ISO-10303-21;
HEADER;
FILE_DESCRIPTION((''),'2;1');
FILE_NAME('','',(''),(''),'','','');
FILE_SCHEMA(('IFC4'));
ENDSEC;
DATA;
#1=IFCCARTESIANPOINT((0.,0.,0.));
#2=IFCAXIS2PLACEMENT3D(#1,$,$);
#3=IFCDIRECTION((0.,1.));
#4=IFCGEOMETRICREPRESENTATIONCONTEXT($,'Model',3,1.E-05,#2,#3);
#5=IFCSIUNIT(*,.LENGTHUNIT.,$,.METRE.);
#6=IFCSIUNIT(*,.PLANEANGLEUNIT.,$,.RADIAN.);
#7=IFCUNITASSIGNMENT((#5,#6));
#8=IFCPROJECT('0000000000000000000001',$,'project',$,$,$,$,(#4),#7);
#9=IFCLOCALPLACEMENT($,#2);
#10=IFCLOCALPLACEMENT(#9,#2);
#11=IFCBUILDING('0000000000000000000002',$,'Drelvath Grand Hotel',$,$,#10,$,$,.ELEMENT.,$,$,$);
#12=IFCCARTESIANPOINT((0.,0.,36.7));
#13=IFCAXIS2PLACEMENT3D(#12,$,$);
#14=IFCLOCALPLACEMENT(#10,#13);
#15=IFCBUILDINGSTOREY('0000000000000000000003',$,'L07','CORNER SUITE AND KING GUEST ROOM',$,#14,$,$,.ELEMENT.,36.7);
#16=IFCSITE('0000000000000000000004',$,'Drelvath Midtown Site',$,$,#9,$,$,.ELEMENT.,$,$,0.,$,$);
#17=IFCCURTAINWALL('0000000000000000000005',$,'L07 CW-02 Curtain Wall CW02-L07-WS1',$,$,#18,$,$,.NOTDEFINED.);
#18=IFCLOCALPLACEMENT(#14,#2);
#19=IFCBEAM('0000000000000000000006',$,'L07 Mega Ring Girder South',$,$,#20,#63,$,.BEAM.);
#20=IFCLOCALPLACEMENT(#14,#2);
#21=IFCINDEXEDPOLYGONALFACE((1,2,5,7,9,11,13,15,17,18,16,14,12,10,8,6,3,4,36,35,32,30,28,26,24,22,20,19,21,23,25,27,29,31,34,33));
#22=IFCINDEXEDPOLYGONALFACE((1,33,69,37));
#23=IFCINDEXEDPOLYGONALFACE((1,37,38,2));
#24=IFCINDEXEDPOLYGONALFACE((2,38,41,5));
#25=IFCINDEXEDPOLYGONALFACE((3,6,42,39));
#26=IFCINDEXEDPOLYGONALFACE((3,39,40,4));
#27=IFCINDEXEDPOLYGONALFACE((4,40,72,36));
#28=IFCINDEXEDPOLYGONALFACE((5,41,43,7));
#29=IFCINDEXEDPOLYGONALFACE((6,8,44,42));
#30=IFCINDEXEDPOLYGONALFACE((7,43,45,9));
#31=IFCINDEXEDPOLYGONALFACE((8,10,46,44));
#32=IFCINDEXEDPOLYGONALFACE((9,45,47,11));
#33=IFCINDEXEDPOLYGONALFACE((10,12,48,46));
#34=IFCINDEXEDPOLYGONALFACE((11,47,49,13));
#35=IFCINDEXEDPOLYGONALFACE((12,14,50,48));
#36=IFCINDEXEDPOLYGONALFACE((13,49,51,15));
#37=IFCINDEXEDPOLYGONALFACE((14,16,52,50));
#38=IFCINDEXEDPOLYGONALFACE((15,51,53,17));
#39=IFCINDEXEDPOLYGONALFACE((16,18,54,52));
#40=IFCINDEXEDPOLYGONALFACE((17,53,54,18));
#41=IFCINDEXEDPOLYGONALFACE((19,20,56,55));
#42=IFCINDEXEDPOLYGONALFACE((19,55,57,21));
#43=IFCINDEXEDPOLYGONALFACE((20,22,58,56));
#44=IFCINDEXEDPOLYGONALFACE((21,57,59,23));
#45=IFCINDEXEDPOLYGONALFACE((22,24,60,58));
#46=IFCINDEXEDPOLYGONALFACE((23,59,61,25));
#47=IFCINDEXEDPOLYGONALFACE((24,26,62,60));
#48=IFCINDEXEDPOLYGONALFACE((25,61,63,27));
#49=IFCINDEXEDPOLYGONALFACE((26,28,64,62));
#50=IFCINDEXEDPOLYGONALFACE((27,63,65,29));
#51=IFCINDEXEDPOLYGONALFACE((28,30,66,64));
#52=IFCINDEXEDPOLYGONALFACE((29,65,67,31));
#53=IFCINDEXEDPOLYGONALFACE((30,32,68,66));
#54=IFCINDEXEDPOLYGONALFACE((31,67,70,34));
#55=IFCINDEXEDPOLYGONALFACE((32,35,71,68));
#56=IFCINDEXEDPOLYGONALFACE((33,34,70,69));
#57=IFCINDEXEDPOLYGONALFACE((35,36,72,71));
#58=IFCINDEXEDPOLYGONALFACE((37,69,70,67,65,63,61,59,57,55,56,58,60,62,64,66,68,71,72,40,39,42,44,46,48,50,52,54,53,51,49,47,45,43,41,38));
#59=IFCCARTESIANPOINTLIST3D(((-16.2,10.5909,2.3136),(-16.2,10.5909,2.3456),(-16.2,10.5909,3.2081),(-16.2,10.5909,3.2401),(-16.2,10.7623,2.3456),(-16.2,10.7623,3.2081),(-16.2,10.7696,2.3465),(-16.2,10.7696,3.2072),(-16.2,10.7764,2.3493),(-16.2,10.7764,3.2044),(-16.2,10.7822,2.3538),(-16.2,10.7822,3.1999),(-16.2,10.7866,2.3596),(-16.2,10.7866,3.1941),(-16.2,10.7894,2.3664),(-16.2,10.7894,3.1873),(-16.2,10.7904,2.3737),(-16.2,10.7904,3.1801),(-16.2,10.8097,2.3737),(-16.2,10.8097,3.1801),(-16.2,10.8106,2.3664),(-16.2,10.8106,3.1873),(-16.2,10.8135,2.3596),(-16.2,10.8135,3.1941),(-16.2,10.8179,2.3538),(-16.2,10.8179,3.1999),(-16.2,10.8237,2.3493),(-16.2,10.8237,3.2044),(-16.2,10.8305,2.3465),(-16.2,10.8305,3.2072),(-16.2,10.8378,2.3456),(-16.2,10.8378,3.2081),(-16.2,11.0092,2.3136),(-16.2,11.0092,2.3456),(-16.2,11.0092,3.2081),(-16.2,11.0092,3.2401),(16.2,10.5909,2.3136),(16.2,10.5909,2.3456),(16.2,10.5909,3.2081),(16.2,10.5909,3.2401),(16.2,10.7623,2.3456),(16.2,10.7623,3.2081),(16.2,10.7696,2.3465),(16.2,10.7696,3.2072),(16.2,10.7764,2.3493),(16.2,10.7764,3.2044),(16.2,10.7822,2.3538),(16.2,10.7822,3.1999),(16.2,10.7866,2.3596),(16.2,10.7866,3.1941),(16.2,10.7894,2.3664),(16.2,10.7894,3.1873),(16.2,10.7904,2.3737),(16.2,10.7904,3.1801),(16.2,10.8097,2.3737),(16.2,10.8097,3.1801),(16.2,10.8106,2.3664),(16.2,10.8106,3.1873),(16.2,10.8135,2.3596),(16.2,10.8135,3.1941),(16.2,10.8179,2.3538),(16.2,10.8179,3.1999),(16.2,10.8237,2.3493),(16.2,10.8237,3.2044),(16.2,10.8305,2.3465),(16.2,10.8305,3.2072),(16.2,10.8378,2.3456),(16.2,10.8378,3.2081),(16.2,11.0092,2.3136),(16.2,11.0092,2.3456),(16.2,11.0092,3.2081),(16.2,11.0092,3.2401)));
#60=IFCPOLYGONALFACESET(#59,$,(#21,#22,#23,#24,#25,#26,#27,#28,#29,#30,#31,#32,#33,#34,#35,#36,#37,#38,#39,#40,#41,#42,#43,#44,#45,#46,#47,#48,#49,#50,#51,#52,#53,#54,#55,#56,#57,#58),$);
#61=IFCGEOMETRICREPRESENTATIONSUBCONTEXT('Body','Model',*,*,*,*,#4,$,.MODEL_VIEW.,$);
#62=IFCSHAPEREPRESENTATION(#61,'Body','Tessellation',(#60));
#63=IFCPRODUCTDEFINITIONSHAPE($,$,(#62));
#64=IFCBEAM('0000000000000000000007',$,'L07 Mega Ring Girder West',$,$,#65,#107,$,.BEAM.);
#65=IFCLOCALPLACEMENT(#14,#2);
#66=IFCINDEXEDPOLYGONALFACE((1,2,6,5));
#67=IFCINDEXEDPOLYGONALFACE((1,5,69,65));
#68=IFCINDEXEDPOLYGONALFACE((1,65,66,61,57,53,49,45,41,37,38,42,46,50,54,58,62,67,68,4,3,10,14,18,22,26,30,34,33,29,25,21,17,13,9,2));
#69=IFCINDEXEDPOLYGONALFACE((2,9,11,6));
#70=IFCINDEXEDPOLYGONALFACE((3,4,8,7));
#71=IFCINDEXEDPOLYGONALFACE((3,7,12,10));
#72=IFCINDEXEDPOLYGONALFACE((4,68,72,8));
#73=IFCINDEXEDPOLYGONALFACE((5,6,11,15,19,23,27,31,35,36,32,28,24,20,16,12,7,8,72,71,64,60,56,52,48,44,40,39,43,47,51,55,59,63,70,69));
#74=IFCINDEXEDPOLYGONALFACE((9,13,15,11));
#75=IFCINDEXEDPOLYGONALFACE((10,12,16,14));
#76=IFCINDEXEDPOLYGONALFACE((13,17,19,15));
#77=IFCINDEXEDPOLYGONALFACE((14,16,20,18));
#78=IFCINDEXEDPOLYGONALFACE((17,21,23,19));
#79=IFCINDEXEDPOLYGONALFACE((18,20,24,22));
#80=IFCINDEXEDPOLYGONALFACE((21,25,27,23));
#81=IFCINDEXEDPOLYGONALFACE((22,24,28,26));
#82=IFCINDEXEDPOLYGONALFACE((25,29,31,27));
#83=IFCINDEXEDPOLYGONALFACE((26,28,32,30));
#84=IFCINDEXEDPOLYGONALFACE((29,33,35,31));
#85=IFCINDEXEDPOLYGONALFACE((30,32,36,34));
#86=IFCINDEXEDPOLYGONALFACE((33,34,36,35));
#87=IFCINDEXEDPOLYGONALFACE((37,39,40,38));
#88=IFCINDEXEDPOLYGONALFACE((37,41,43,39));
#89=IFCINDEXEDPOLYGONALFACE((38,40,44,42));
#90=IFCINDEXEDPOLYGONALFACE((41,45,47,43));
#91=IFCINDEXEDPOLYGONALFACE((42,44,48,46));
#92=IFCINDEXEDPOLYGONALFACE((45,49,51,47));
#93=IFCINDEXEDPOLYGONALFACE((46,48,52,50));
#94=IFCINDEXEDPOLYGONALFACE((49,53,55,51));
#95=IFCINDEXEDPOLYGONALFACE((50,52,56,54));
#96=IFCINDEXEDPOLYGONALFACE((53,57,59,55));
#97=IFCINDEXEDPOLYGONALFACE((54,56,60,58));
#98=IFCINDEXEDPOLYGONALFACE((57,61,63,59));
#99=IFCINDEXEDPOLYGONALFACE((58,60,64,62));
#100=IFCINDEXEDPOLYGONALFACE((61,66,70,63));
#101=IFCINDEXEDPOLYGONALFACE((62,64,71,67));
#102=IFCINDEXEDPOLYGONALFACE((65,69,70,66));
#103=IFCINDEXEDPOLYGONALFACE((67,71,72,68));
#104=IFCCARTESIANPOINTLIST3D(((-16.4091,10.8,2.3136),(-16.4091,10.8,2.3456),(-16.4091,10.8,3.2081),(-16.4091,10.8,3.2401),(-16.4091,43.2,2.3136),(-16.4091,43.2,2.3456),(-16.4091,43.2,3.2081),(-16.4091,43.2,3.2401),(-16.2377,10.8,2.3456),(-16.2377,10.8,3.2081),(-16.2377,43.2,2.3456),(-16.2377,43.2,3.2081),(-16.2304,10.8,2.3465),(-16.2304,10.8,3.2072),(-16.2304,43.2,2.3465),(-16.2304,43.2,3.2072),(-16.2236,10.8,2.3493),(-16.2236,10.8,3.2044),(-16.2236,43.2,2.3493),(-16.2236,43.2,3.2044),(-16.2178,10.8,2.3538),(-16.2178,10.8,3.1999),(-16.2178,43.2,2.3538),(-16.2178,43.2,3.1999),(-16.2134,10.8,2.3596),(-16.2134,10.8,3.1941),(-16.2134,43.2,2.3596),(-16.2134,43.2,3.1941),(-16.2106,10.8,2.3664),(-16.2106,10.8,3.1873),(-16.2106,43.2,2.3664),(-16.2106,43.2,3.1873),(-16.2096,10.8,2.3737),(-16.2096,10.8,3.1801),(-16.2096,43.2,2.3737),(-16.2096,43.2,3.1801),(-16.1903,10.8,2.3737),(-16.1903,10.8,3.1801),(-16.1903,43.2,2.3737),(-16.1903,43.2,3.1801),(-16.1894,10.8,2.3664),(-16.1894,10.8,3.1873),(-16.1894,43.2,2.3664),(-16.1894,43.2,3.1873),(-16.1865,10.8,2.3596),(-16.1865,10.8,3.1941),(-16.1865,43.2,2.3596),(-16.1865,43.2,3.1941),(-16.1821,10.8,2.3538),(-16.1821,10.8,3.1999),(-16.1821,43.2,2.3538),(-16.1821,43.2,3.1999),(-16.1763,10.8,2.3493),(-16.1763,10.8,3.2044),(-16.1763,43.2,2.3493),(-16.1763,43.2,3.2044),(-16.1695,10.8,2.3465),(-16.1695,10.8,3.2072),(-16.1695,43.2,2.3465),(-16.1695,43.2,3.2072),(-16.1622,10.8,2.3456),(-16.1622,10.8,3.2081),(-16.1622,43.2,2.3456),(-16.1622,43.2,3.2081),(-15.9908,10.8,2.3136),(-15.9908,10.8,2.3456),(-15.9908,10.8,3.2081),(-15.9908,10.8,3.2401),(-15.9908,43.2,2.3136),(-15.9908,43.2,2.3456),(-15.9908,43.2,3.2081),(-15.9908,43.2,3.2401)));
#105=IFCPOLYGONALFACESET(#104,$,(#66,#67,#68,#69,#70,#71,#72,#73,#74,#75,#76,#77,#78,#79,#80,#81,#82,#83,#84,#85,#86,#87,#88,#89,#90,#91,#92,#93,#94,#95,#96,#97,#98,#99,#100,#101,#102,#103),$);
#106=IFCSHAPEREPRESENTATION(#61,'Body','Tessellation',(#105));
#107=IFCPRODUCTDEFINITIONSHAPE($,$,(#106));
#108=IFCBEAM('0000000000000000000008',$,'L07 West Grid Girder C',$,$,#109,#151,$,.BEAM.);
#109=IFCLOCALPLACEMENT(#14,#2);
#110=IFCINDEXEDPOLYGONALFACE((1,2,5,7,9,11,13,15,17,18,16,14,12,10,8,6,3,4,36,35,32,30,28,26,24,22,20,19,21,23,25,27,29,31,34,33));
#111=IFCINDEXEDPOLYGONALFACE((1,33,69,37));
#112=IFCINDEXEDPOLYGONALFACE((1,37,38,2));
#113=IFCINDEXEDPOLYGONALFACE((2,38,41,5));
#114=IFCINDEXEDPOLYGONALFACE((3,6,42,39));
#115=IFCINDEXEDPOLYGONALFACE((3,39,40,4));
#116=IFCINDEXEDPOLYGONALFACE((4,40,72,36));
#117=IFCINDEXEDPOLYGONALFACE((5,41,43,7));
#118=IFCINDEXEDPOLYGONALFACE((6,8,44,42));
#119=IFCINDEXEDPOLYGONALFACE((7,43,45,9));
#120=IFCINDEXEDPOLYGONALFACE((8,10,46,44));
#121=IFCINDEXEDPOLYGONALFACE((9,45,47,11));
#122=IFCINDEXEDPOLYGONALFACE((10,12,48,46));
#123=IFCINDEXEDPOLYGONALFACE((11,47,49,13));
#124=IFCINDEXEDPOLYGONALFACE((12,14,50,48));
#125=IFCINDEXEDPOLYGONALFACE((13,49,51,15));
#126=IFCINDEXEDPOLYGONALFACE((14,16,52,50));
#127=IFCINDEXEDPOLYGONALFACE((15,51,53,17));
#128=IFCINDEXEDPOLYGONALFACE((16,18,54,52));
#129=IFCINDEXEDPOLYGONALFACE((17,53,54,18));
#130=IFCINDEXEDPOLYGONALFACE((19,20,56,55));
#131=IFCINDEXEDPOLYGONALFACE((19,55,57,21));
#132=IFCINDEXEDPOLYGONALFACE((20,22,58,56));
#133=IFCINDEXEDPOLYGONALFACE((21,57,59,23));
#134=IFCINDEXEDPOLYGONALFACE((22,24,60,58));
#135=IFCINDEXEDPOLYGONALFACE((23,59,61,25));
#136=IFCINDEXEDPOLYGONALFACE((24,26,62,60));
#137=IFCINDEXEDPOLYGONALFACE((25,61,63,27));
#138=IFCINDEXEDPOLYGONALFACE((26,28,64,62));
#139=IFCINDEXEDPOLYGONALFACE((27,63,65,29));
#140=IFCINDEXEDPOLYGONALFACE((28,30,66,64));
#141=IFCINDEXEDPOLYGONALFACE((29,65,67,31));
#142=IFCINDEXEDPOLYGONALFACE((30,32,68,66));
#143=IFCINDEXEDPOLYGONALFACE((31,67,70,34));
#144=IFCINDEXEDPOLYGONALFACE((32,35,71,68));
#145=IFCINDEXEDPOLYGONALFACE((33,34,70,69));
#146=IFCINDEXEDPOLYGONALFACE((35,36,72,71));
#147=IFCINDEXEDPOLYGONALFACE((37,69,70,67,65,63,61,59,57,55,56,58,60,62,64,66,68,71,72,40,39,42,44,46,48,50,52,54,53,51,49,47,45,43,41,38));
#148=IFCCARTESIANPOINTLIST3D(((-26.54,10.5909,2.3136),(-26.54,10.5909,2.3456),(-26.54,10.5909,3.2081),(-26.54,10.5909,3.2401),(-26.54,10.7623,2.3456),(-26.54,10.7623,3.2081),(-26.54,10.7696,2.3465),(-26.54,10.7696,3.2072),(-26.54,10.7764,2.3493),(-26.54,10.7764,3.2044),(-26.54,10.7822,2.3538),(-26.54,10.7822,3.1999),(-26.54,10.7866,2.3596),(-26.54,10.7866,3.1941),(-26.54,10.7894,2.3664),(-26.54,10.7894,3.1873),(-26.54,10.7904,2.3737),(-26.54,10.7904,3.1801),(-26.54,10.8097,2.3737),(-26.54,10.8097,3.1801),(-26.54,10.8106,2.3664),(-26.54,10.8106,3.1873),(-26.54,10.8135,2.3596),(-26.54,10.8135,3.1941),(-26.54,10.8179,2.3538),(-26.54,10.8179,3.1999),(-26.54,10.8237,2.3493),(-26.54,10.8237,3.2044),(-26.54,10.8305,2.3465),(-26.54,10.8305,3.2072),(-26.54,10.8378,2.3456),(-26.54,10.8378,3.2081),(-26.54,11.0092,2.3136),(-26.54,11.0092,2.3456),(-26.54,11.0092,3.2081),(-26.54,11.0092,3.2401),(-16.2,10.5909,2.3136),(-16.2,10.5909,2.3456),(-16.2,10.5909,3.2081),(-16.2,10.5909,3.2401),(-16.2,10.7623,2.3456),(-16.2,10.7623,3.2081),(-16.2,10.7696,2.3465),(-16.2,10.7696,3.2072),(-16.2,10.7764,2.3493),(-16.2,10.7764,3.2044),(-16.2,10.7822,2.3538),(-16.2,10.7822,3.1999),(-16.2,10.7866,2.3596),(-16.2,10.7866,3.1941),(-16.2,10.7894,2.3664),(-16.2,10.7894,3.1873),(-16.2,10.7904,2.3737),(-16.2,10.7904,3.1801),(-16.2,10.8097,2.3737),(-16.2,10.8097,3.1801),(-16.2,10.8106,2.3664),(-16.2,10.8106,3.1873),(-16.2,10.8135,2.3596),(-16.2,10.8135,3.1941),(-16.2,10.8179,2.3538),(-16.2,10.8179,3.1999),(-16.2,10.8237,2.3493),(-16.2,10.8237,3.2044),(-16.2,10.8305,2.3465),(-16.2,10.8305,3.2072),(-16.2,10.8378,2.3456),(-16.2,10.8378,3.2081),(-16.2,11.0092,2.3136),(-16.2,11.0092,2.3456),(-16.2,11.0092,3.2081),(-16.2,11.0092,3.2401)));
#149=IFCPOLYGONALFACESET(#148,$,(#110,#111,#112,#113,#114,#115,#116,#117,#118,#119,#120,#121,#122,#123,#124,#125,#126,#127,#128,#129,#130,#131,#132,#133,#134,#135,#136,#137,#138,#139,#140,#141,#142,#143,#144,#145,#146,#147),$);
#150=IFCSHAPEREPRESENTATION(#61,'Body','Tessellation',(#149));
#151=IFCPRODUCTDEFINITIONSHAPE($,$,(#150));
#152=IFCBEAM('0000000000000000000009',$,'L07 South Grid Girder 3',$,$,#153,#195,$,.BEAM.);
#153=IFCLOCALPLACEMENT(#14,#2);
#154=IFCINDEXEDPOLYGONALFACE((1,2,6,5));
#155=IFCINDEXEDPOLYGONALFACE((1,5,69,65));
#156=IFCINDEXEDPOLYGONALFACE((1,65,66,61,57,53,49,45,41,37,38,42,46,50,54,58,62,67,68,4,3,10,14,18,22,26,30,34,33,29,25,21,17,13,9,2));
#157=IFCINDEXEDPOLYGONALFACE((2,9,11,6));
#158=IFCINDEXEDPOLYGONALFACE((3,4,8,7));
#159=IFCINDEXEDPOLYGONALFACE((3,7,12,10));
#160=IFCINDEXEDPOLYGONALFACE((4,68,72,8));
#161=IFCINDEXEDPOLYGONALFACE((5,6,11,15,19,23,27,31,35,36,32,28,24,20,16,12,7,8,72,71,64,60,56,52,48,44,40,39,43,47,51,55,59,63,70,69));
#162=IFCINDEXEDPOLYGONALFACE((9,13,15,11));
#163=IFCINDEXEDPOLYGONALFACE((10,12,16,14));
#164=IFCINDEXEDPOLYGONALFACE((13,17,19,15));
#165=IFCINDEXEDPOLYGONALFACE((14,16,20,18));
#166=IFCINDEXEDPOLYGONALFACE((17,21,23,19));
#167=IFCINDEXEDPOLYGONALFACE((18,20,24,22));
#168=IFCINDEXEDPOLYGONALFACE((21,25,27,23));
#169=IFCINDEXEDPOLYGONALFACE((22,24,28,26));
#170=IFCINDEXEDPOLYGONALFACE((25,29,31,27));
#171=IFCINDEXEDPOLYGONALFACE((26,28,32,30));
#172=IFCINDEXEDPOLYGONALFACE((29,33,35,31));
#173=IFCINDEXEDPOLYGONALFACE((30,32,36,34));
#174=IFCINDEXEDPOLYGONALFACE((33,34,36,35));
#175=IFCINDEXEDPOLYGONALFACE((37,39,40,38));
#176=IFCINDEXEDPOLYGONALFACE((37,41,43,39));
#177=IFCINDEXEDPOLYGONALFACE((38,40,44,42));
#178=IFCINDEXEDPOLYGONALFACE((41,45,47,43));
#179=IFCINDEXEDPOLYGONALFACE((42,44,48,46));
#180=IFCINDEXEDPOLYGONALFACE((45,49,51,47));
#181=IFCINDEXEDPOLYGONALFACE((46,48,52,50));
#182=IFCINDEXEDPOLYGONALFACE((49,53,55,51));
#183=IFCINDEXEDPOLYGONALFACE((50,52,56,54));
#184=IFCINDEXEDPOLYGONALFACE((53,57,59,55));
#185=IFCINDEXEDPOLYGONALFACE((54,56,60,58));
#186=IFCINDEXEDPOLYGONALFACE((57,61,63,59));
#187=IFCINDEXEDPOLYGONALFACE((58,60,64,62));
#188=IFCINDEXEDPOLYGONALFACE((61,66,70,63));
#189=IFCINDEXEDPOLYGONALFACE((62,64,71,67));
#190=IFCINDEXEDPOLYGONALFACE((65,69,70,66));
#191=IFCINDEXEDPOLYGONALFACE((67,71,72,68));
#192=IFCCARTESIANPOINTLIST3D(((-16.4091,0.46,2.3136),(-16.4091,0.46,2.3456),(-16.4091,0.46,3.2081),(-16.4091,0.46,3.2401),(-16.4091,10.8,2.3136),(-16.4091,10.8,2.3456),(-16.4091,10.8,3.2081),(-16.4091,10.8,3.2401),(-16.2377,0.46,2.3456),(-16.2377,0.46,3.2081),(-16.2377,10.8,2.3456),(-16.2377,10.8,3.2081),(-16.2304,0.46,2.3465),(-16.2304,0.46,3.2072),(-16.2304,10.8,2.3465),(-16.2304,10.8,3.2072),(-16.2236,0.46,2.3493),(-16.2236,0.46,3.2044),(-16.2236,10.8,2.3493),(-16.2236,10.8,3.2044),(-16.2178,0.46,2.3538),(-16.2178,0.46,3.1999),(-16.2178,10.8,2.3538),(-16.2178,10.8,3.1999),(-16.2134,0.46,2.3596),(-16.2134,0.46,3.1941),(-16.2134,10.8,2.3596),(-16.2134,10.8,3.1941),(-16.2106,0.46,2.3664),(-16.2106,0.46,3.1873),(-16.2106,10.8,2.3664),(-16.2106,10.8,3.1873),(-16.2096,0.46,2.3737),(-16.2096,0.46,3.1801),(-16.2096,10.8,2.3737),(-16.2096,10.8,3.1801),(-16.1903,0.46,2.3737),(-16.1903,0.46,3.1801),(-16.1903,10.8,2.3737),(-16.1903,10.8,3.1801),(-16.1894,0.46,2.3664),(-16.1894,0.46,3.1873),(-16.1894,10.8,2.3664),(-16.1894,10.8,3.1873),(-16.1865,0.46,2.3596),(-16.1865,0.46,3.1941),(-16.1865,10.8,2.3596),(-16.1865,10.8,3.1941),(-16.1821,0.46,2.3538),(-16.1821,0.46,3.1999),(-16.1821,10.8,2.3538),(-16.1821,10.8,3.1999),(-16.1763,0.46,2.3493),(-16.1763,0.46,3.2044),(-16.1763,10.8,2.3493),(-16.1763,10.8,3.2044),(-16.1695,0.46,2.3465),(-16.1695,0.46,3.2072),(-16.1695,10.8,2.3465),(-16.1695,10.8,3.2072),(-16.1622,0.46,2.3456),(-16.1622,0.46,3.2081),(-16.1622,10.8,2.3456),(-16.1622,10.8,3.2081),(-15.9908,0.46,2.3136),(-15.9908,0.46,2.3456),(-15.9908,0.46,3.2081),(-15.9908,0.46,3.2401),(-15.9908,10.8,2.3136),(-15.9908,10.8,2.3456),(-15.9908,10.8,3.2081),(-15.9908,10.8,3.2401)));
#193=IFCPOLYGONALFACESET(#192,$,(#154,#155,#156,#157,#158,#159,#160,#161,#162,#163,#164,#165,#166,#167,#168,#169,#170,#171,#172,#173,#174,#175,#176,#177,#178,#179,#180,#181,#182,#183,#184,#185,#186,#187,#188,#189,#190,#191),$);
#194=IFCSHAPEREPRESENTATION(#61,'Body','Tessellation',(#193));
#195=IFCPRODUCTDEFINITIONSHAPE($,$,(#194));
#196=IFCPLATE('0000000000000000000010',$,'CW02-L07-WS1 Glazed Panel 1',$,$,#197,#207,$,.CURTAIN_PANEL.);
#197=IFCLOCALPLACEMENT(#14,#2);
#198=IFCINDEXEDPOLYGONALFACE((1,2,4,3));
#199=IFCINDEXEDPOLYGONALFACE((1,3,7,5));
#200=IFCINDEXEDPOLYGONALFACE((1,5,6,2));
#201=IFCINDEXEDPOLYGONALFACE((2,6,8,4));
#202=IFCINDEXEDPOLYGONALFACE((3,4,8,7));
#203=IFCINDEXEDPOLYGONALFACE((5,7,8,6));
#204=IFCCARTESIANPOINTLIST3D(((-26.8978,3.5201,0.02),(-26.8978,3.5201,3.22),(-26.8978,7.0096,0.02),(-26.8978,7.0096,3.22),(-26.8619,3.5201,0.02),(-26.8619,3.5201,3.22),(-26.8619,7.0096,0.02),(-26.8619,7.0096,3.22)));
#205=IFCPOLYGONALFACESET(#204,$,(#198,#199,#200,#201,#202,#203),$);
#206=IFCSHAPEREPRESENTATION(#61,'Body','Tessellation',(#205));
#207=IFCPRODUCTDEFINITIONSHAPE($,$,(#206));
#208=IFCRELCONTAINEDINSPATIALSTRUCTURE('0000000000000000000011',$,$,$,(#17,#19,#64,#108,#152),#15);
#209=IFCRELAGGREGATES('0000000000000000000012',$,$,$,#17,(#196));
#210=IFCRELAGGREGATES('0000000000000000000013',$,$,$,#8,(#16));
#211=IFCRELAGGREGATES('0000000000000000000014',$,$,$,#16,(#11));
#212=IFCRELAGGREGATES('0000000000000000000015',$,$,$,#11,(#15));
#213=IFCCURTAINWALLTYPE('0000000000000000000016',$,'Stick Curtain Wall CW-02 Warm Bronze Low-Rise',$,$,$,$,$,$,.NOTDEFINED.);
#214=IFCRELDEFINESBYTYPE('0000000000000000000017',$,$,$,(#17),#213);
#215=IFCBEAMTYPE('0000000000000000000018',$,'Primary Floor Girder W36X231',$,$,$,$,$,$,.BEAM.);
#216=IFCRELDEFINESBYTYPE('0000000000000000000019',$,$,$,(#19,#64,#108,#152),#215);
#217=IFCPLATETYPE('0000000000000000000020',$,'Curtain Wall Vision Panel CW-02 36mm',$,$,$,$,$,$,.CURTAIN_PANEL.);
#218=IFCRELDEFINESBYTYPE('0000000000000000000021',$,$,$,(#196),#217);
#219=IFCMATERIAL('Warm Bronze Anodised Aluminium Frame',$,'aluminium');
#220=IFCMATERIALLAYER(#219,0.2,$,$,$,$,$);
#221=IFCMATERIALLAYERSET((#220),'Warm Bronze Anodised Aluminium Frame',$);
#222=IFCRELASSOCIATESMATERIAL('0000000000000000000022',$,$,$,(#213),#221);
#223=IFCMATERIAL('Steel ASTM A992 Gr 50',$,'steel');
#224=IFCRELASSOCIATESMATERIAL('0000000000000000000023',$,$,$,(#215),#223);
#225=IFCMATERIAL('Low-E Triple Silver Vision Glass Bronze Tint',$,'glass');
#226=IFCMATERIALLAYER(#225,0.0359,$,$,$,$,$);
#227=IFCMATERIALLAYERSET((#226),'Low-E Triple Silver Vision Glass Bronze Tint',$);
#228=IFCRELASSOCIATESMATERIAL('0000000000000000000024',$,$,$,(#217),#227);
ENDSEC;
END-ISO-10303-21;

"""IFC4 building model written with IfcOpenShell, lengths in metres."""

from ifc_helpers import new_model, si_unit, direction, frame, origin, origin_2d, place, context, subcontext, project, spatial, rectangle, i_section, extrude, material, layer, layer_set, material_profile, profile_set, type_object, element, aggregate, save


model = new_model("IFC4")

# Units and contexts
model_context = context("Model", 3, precision=1e-05, world=origin(), true_north=direction((0.0, 1.0)))
body_context = subcontext(model_context, "Body", "Model", "MODEL_VIEW")
ifc_project = project(units=[si_unit("LENGTHUNIT", "METRE"), si_unit("PLANEANGLEUNIT", "RADIAN")], contexts=[model_context])

# Site, building, storey
site_placement = place(None, origin())
site = spatial("IfcSite", under=ifc_project, at=site_placement, Name="Drelvath Midtown Site", CompositionType="ELEMENT", RefElevation=0.0)
building_placement = place(site_placement, origin())
building = spatial("IfcBuilding", under=site, at=building_placement, Name="Drelvath Grand Hotel", CompositionType="ELEMENT")
storey_placement = place(building_placement, frame((0.0, 0.0, 36.7)))
storey = spatial("IfcBuildingStorey", under=building, at=storey_placement, Name="L07", Description="CORNER SUITE AND KING GUEST ROOM", CompositionType="ELEMENT", Elevation=36.7)

# Curtain wall
ifc_material_1 = material(Name="Warm Bronze Anodised Aluminium Frame", Category="aluminium")
ifc_layer_1 = layer(ifc_material_1, 0.2)
ifc_layer_set_1 = layer_set([ifc_layer_1], Name="Warm Bronze Anodised Aluminium Frame")
curtain_wall_type = type_object("IfcCurtainWallType", Name="Stick Curtain Wall CW-02 Warm Bronze Low-Rise", PredefinedType="NOTDEFINED", material=ifc_layer_set_1)
curtain_wall_1_placement = place(storey_placement, origin())
curtain_wall_1 = element("IfcCurtainWall", 1, at=curtain_wall_1_placement, inside=storey, type_object=curtain_wall_type, Name="L07 CW-02 Curtain Wall CW02-L07-WS1", PredefinedType="NOTDEFINED")

# Beams
ifc_material_2 = material(Name="Steel ASTM A992 Gr 50", Category="steel")
ifc_material_profile_1 = material_profile(ifc_material_2, i_section(OverallWidth=0.4182, OverallDepth=0.9265, WebThickness=0.0193, FlangeThickness=0.032, FilletRadius=0.0281, at=origin_2d()), Name="W36X231")
ifc_profile_set_1 = profile_set([ifc_material_profile_1], Name="Steel ASTM A992 Gr 50")
beam_type_1 = type_object("IfcBeamType", Name="Primary Floor Girder W36X231", PredefinedType="BEAM", material=ifc_profile_set_1)
for number, where, z_axis, x_axis, name in (
    (2, (-16.2, 10.8, 2.7769), (1.0, 0.0, 0.0), (0.0, 1.0, 0.0), "L07 Mega Ring Girder South"),
    (3, (-16.2, 10.8, 2.7769), (0.0, 1.0, 0.0), (-1.0, 0.0, 0.0), "L07 Mega Ring Girder West"),
):
    element("IfcBeam", number, at=place(storey_placement, frame(where, z_axis=z_axis, x_axis=x_axis)), inside=storey, type_object=beam_type_1, Name=name, PredefinedType="BEAM", context=body_context, shape_type="SweptSolid", body=[
        extrude(i_section(OverallWidth=0.4182, OverallDepth=0.9265, WebThickness=0.0193, FlangeThickness=0.032, FilletRadius=0.0281, at=origin_2d()), origin(), (0.0, 0.0, 1.0), 32.3999),
    ])
for number, where, z_axis, x_axis, name in (
    (4, (-26.54, 10.8, 2.7769), (1.0, 0.0, 0.0), (0.0, 1.0, 0.0), "L07 West Grid Girder C"),
    (5, (-16.2, 0.46, 2.7769), (0.0, 1.0, 0.0), (-1.0, 0.0, 0.0), "L07 South Grid Girder 3"),
):
    element("IfcBeam", number, at=place(storey_placement, frame(where, z_axis=z_axis, x_axis=x_axis)), inside=storey, type_object=beam_type_1, Name=name, PredefinedType="BEAM", context=body_context, shape_type="SweptSolid", body=[
        extrude(i_section(OverallWidth=0.4182, OverallDepth=0.9265, WebThickness=0.0193, FlangeThickness=0.032, FilletRadius=0.0281, at=origin_2d()), origin(), (0.0, 0.0, 1.0), 10.3401),
    ])

# Plate
ifc_material_3 = material(Name="Low-E Triple Silver Vision Glass Bronze Tint", Category="glass")
ifc_layer_2 = layer(ifc_material_3, 0.0359)
ifc_layer_set_2 = layer_set([ifc_layer_2], Name="Low-E Triple Silver Vision Glass Bronze Tint")
plate_type = type_object("IfcPlateType", Name="Curtain Wall Vision Panel CW-02 36mm", PredefinedType="CURTAIN_PANEL", material=ifc_layer_set_2)
plate_1_placement = place(storey_placement, frame((-26.8799, 5.2649, 0.02), z_axis=(0.0, 0.0, 1.0), x_axis=(0.0, 1.0, 0.0)))
plate_1 = element("IfcPlate", 6, at=plate_1_placement, type_object=plate_type, Name="CW02-L07-WS1 Glazed Panel 1", PredefinedType="CURTAIN_PANEL", context=body_context, shape_type="SweptSolid", body=[
    extrude(rectangle(XDim=3.4895, YDim=0.0359, at=origin_2d()), origin(), (0.0, 0.0, 1.0), 3.2),
])
aggregate(curtain_wall_1, [plate_1])

save(model, "model.ifc")
